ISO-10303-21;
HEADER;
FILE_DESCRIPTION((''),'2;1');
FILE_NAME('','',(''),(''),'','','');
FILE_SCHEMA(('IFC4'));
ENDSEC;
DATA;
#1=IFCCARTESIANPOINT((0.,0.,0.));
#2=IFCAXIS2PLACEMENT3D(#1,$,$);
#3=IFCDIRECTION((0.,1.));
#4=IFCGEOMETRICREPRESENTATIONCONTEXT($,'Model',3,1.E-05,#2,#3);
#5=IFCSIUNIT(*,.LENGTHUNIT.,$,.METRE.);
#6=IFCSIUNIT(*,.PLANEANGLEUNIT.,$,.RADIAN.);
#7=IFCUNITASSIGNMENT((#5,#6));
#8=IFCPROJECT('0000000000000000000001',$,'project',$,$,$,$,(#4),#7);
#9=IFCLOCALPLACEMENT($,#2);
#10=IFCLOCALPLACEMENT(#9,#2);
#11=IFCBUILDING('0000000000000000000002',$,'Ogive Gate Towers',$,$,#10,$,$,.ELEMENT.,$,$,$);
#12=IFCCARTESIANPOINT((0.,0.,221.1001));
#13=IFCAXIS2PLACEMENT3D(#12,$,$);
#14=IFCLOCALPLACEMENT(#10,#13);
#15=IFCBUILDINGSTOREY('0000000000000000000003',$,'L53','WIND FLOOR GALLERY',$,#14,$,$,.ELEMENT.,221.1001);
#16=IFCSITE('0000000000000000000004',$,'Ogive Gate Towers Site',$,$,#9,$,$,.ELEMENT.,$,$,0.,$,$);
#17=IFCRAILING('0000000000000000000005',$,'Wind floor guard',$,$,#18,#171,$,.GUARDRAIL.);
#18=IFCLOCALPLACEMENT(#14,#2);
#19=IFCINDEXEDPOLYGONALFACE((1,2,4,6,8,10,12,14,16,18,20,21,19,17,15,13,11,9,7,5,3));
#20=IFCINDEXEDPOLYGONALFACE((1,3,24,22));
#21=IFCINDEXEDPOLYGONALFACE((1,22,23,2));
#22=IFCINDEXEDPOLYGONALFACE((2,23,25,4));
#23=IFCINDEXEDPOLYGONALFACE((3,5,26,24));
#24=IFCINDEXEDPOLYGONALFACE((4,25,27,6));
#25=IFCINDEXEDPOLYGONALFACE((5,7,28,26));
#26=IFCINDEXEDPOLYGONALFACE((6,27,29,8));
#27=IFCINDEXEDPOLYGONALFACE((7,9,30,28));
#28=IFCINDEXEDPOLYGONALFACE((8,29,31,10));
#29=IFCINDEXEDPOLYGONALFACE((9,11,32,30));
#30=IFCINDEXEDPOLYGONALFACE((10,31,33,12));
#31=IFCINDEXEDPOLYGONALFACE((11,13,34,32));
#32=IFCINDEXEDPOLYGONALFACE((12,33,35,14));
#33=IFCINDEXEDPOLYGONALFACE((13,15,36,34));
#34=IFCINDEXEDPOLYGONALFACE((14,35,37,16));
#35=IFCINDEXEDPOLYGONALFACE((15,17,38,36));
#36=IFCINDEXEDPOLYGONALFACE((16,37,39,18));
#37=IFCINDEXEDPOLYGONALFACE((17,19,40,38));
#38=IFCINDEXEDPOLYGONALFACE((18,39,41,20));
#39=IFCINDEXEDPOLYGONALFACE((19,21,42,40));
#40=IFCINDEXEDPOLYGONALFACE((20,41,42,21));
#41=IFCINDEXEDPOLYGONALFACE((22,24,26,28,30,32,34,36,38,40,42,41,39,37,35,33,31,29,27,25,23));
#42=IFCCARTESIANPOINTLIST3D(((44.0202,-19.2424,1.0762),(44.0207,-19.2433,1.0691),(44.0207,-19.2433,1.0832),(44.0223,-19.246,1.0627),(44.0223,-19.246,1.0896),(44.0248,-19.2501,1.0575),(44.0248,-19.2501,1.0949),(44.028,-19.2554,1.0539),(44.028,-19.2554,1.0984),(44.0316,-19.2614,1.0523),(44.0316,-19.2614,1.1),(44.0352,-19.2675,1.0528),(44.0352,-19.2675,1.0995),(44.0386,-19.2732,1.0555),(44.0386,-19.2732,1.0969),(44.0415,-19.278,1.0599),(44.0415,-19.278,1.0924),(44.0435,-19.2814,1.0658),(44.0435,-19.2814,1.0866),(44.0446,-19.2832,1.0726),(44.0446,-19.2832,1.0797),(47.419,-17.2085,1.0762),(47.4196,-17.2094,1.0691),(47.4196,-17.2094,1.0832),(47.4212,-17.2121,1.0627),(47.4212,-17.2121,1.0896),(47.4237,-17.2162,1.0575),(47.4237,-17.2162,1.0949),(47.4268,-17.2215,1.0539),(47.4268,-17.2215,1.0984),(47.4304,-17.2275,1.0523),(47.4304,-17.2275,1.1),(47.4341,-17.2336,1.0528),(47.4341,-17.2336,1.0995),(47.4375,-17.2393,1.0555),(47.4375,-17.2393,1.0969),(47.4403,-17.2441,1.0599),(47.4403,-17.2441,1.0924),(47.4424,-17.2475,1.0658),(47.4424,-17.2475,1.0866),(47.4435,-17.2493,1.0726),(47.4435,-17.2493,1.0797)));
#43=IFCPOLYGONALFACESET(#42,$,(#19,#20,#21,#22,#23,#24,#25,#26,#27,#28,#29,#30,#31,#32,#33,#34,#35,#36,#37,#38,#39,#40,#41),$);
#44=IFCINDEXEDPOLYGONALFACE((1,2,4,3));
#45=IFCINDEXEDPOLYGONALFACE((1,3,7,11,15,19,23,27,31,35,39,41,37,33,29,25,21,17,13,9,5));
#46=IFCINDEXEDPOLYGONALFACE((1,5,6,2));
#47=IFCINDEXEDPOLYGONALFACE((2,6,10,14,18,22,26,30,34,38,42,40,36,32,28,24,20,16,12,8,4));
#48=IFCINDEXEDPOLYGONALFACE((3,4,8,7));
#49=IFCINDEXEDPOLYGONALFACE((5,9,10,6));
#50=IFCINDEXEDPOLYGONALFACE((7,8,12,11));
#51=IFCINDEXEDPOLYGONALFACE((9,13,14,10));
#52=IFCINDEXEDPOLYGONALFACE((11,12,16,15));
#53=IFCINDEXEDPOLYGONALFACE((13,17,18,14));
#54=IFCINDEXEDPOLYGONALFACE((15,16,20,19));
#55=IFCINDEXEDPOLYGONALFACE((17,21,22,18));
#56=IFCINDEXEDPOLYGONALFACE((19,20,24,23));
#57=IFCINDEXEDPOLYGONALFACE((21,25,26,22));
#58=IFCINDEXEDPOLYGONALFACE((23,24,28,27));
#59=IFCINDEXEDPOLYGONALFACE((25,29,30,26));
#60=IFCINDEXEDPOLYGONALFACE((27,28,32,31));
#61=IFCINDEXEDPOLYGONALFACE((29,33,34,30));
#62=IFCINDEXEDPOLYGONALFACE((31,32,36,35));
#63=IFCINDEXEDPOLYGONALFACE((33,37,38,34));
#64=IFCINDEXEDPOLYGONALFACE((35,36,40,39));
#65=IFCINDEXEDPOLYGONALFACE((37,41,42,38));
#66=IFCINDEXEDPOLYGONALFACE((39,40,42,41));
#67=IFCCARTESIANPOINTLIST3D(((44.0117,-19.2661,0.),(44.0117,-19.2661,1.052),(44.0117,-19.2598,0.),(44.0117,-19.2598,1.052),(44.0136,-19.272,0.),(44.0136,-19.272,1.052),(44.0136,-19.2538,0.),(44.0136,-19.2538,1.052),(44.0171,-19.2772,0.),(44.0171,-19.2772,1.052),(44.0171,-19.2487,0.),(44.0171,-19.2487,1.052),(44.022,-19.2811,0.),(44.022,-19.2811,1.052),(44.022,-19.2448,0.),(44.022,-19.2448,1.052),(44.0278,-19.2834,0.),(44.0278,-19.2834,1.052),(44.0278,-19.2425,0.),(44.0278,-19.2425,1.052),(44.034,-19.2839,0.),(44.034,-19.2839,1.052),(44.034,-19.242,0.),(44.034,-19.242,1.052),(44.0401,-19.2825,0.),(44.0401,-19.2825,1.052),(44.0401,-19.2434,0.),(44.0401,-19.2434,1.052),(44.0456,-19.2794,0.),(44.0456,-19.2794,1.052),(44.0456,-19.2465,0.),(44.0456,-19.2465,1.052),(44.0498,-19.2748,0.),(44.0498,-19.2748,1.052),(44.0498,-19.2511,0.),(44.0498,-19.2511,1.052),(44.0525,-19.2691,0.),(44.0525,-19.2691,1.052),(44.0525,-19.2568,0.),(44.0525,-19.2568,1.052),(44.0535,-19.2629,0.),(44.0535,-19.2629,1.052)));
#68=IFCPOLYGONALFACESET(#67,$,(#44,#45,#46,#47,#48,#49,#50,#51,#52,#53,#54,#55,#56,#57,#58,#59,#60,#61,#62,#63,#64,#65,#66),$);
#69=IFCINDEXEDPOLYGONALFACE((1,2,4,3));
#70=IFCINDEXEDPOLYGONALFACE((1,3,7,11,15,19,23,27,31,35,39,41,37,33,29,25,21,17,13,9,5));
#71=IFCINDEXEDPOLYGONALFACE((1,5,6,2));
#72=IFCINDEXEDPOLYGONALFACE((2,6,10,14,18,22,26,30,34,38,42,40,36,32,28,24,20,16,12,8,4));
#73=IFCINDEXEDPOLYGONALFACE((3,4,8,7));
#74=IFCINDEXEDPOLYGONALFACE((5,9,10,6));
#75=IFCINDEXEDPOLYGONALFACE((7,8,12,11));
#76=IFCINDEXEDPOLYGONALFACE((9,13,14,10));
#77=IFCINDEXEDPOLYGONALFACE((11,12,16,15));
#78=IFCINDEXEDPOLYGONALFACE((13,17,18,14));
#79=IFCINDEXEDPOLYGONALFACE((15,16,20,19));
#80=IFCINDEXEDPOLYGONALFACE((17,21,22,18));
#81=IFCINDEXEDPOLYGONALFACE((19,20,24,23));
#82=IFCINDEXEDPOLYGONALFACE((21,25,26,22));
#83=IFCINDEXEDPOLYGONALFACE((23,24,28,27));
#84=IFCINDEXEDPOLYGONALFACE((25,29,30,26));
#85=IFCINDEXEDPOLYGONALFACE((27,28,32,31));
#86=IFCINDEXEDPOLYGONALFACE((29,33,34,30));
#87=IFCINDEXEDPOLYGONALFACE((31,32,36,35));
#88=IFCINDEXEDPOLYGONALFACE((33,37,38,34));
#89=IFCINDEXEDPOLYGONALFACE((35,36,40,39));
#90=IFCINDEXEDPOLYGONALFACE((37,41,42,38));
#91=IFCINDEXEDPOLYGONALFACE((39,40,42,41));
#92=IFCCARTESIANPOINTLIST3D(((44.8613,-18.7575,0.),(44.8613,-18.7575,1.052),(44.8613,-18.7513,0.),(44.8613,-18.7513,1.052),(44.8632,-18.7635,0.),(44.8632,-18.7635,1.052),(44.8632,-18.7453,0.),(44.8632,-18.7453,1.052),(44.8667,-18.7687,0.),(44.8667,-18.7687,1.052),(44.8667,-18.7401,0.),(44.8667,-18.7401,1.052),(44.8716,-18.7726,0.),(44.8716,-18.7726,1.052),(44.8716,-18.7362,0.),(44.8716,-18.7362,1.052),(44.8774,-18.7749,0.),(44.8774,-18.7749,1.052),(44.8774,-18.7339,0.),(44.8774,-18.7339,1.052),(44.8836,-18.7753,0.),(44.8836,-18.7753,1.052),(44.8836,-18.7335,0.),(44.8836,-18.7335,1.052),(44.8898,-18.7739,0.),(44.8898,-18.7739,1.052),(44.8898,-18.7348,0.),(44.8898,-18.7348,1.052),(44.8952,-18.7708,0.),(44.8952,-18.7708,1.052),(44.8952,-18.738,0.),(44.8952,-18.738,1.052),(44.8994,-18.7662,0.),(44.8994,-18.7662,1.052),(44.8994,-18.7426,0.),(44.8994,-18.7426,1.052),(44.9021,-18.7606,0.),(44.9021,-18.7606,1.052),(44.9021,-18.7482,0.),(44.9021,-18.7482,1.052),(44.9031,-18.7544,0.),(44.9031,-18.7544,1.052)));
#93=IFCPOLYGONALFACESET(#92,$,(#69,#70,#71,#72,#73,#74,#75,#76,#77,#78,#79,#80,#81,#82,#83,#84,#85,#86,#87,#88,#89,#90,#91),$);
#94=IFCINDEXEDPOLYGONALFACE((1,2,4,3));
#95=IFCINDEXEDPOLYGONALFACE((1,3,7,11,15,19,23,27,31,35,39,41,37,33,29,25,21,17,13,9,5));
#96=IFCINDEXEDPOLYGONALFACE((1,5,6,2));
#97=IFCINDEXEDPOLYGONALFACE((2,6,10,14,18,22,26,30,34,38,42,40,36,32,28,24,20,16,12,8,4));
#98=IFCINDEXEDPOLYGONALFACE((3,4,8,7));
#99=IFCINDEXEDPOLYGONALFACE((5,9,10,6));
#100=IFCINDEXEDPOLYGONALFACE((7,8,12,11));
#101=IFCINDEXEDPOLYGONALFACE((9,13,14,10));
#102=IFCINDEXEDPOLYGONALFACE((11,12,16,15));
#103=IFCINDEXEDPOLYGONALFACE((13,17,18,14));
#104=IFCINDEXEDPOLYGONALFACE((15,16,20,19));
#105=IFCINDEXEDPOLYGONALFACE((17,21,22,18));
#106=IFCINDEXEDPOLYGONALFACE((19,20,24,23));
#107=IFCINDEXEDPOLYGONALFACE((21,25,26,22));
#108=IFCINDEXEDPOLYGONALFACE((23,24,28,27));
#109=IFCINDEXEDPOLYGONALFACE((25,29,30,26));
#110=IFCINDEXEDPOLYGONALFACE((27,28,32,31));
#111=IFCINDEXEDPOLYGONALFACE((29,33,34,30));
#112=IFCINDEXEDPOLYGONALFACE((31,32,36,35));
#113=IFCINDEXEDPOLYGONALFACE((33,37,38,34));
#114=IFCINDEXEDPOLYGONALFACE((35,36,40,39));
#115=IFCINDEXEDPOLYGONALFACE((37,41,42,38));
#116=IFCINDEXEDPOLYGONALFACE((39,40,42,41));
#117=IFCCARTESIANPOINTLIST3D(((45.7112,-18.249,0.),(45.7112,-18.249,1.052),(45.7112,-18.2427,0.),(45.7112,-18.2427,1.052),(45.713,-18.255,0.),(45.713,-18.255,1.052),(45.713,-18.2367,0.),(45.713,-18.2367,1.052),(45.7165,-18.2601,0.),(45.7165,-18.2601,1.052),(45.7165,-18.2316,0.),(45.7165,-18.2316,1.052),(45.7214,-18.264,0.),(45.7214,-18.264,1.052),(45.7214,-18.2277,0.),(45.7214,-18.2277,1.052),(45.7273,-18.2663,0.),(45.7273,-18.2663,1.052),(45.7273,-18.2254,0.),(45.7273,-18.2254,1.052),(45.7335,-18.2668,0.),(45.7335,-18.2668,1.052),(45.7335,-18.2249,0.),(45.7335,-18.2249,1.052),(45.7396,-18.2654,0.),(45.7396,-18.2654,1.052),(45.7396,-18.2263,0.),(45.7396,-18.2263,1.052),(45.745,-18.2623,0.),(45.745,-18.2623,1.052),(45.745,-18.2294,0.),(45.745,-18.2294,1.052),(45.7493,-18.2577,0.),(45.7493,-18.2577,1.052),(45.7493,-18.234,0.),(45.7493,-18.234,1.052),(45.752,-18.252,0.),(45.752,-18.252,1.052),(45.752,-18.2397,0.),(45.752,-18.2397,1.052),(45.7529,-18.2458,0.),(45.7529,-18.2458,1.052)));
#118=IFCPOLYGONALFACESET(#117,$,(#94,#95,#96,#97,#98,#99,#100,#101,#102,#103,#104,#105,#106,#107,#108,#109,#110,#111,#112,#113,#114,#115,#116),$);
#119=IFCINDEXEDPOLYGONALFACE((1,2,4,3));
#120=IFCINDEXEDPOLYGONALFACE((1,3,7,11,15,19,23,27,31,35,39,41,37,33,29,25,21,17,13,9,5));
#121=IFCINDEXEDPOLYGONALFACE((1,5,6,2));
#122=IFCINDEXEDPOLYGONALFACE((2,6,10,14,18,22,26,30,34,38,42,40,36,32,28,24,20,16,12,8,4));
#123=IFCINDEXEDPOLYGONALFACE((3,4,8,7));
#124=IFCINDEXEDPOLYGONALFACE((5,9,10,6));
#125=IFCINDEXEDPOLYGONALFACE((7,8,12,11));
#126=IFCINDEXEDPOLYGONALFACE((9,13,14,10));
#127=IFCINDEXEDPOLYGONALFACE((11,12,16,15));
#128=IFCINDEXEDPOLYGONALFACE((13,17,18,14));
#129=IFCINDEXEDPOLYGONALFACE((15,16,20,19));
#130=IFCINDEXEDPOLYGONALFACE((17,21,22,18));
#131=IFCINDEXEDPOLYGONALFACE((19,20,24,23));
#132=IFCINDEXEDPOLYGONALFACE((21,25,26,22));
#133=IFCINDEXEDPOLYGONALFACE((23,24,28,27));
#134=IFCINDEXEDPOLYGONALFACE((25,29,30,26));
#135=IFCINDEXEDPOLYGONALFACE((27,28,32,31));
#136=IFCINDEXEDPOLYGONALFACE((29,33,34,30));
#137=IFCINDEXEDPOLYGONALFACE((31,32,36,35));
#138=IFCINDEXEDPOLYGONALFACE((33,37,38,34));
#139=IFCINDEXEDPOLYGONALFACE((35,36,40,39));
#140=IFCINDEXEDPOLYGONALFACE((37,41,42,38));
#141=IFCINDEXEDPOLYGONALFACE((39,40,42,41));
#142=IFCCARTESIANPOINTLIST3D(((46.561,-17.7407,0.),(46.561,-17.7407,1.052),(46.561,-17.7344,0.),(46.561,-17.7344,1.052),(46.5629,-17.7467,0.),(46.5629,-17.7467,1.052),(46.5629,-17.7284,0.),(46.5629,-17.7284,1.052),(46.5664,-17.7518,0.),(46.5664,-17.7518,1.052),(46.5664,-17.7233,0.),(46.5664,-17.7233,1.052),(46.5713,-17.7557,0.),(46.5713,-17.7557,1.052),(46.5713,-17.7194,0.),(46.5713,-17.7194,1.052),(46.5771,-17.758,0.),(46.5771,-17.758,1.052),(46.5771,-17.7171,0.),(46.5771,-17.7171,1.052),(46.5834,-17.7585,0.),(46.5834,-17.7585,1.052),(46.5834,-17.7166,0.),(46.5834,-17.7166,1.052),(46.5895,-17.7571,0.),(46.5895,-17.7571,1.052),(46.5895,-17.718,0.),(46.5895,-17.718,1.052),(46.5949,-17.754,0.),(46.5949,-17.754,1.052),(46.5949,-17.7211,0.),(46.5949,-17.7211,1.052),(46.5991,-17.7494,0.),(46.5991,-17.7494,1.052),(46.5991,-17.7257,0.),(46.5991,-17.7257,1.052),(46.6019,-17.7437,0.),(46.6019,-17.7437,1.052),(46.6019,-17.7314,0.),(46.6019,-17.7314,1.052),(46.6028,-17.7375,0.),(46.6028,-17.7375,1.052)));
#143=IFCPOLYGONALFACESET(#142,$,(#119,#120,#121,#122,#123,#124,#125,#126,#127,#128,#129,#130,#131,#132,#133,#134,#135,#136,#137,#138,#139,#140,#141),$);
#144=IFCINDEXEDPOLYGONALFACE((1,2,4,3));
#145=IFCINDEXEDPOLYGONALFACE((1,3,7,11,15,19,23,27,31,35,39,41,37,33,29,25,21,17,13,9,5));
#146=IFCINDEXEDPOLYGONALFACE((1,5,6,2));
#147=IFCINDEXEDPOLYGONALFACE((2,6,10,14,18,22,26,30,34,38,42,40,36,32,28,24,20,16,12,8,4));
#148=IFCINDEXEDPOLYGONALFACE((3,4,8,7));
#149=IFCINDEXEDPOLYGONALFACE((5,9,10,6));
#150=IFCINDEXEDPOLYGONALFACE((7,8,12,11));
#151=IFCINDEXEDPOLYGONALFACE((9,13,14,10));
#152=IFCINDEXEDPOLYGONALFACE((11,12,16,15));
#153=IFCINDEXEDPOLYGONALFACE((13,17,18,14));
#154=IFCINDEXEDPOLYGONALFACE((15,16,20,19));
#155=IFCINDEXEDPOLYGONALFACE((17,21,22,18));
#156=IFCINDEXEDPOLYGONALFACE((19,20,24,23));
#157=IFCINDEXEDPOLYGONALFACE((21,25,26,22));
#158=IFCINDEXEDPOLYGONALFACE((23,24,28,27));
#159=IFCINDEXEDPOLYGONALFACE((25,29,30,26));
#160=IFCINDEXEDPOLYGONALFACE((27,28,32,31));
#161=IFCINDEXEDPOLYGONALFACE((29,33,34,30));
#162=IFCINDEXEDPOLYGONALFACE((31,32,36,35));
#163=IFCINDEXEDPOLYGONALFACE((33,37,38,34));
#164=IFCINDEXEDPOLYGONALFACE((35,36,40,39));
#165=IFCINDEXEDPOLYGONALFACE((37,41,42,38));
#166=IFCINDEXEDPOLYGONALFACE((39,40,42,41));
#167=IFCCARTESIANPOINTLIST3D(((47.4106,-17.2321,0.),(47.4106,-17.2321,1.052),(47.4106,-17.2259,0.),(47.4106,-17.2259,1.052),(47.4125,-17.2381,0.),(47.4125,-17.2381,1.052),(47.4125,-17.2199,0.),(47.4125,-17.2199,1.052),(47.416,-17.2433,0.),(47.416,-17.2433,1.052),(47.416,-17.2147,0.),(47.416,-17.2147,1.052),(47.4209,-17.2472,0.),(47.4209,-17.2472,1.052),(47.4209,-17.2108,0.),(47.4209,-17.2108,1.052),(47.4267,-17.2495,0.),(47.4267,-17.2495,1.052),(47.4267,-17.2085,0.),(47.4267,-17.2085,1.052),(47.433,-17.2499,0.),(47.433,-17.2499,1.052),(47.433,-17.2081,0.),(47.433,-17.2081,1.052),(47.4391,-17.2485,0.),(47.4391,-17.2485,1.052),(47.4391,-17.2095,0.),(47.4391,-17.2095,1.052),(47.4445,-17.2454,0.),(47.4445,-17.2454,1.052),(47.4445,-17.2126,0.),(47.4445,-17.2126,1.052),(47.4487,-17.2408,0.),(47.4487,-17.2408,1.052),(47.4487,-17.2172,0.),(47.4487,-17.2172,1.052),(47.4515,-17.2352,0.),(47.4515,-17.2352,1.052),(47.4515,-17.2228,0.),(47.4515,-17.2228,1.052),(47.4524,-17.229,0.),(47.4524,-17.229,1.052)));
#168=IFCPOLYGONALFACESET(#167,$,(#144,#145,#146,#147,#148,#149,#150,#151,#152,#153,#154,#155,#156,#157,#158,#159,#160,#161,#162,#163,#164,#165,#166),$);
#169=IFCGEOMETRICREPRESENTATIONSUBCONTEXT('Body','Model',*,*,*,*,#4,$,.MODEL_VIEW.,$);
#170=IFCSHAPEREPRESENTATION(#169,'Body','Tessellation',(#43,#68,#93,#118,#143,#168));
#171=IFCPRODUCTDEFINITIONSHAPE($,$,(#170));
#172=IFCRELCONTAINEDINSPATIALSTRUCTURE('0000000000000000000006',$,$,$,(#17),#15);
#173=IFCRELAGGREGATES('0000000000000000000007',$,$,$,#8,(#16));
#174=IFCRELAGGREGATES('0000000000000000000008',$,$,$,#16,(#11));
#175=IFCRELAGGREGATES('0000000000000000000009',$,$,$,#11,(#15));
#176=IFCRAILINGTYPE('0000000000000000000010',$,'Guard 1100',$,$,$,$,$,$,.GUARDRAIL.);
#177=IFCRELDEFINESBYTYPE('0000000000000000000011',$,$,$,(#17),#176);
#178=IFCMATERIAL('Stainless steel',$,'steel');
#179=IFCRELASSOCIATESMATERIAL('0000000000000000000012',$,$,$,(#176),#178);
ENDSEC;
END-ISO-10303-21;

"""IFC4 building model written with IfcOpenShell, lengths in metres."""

from ifc_helpers import new_model, si_unit, direction, frame, origin, origin_2d, place, context, subcontext, project, spatial, circle, extrude, material, type_object, element, save


model = new_model("IFC4")

# Units and contexts
model_context = context("Model", 3, precision=1e-05, world=origin(), true_north=direction((0.0, 1.0)))
body_context = subcontext(model_context, "Body", "Model", "MODEL_VIEW")
ifc_project = project(units=[si_unit("LENGTHUNIT", "METRE"), si_unit("PLANEANGLEUNIT", "RADIAN")], contexts=[model_context])

# Site, building, storey
site_placement = place(None, origin())
site = spatial("IfcSite", under=ifc_project, at=site_placement, Name="Ogive Gate Towers Site", CompositionType="ELEMENT", RefElevation=0.0)
building_placement = place(site_placement, origin())
building = spatial("IfcBuilding", under=site, at=building_placement, Name="Ogive Gate Towers", CompositionType="ELEMENT")
storey_placement = place(building_placement, frame((0.0, 0.0, 221.1001)))
storey = spatial("IfcBuildingStorey", under=building, at=storey_placement, Name="L53", Description="WIND FLOOR GALLERY", CompositionType="ELEMENT", Elevation=221.1001)

# Railing
ifc_material_1 = material(Name="Stainless steel", Category="steel")
railing_type = type_object("IfcRailingType", Name="Guard 1100", PredefinedType="GUARDRAIL", material=ifc_material_1)
railing_1_placement = place(storey_placement, frame((44.0325, -19.2629, 0.0)))
element("IfcRailing", 1, at=railing_1_placement, inside=storey, type_object=railing_type, Name="Wind floor guard", PredefinedType="GUARDRAIL", context=body_context, shape_type="SweptSolid", body=[
    extrude(circle(Radius=0.0239, at=origin_2d()), frame((0.0, 0.0, 1.0762), z_axis=(0.858096, 0.513489, 0.0), x_axis=(-0.513489, 0.858096, 0.0)), (0.0, 0.0, 1.0), 3.9609),
    extrude(circle(Radius=0.021, at=origin_2d()), origin(), (0.0, 0.0, 1.0), 1.052),
    extrude(circle(Radius=0.021, at=origin_2d()), frame((0.8496, 0.5085, 0.0)), (0.0, 0.0, 1.0), 1.052),
    extrude(circle(Radius=0.021, at=origin_2d()), frame((1.6995, 1.0171, 0.0)), (0.0, 0.0, 1.0), 1.052),
    extrude(circle(Radius=0.021, at=origin_2d()), frame((2.5493, 1.5254, 0.0)), (0.0, 0.0, 1.0), 1.052),
    extrude(circle(Radius=0.021, at=origin_2d()), frame((3.3989, 2.0339, 0.0)), (0.0, 0.0, 1.0), 1.052),
])

save(model, "model.ifc")
